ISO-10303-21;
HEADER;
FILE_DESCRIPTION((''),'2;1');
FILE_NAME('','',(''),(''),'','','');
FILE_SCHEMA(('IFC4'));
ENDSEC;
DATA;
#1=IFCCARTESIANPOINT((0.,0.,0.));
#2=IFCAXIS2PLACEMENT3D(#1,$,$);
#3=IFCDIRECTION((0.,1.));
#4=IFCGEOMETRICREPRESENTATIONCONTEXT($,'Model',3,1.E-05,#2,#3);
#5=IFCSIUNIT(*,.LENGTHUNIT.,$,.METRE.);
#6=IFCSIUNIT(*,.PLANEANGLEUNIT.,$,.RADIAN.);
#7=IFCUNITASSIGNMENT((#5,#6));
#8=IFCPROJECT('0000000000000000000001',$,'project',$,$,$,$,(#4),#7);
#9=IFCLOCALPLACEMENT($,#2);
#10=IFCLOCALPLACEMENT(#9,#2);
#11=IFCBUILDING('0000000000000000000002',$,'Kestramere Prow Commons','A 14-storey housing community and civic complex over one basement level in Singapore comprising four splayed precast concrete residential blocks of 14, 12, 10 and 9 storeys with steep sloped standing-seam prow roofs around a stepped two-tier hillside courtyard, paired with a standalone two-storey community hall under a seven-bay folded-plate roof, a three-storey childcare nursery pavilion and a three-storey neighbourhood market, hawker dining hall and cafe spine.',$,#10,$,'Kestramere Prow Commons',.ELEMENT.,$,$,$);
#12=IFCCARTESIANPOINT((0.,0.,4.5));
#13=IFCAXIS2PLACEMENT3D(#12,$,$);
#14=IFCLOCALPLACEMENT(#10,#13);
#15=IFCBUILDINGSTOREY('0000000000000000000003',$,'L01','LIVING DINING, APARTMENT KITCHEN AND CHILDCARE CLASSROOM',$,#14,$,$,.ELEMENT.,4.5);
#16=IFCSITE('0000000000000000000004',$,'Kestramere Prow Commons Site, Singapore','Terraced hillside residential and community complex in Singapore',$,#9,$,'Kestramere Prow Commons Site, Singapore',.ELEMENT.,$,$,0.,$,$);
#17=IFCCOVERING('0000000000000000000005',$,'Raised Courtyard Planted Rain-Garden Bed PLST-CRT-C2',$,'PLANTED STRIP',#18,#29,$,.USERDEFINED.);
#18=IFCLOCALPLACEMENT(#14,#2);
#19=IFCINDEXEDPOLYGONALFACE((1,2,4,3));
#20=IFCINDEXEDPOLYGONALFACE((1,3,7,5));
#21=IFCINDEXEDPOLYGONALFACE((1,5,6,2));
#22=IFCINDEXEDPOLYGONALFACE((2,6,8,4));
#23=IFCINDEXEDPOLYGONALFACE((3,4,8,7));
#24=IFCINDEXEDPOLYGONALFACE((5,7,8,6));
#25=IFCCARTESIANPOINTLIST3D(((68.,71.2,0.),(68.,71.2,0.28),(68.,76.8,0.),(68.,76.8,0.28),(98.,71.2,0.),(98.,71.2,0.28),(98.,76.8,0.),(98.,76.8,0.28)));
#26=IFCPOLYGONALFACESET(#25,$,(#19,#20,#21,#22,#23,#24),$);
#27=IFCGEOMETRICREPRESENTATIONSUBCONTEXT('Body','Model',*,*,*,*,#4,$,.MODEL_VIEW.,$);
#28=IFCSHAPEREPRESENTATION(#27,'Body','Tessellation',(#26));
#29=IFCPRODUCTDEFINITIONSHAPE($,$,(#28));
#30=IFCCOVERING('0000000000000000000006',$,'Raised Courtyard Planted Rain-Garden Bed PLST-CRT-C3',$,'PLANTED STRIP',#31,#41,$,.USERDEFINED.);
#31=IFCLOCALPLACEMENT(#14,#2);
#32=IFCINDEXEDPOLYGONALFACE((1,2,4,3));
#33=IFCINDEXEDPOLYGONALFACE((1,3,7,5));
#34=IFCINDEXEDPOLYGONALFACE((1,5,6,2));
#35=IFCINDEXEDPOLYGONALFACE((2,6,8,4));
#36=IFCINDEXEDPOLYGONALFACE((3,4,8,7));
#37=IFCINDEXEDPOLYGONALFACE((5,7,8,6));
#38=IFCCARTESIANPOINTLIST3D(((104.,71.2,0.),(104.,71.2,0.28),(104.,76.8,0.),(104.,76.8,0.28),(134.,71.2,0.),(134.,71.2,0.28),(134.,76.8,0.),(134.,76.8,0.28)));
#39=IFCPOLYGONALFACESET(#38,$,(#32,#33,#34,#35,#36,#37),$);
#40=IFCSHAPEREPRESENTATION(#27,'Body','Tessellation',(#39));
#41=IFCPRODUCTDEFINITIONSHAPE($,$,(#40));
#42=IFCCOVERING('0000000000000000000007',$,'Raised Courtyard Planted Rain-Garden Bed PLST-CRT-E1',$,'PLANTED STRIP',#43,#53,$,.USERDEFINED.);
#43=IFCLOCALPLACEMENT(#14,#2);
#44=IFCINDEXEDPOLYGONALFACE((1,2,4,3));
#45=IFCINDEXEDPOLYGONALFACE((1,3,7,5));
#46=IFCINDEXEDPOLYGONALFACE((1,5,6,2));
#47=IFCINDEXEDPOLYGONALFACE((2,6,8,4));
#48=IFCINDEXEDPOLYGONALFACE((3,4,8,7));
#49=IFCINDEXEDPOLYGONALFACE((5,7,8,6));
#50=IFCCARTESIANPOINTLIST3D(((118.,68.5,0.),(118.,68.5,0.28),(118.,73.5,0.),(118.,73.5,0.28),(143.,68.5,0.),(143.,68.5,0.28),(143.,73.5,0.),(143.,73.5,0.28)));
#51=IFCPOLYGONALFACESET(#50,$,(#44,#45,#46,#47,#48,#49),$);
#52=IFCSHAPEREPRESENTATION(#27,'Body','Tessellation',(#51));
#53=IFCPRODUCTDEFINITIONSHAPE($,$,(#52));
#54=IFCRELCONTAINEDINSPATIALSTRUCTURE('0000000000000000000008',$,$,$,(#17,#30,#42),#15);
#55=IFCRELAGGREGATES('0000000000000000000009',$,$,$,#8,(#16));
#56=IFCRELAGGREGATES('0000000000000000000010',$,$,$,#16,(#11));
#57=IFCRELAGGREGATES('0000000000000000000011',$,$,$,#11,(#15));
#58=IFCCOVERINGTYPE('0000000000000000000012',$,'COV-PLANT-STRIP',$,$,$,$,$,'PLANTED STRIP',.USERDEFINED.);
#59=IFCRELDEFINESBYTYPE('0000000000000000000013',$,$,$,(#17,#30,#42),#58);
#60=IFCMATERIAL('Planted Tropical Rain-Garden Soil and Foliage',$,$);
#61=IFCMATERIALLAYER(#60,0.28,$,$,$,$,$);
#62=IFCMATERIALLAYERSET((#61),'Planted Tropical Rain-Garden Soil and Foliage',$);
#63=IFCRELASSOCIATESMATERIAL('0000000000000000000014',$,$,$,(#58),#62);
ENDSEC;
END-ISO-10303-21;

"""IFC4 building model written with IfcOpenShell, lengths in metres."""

from ifc_helpers import new_model, si_unit, direction, frame, origin, place, context, subcontext, project, spatial, polyline, outline, extrude, material, layer, layer_set, type_object, element, save


model = new_model("IFC4")

# Units and contexts
model_context = context("Model", 3, precision=1e-05, world=origin(), true_north=direction((0.0, 1.0)))
body_context = subcontext(model_context, "Body", "Model", "MODEL_VIEW")
ifc_project = project(units=[si_unit("LENGTHUNIT", "METRE"), si_unit("PLANEANGLEUNIT", "RADIAN")], contexts=[model_context])

# Site, building, storey
site_placement = place(None, origin())
site = spatial("IfcSite", under=ifc_project, at=site_placement, Name="Kestramere Prow Commons Site, Singapore", Description="Terraced hillside residential and community complex in Singapore", LongName="Kestramere Prow Commons Site, Singapore", CompositionType="ELEMENT", RefElevation=0.0)
building_placement = place(site_placement, origin())
building = spatial("IfcBuilding", under=site, at=building_placement, Name="Kestramere Prow Commons", Description="A 14-storey housing community and civic complex over one basement level in Singapore comprising four splayed precast concrete residential blocks of 14, 12, 10 and 9 storeys with steep sloped standing-seam prow roofs around a stepped two-tier hillside courtyard, paired with a standalone two-storey community hall under a seven-bay folded-plate roof, a three-storey childcare nursery pavilion and a three-storey neighbourhood market, hawker dining hall and cafe spine.", LongName="Kestramere Prow Commons", CompositionType="ELEMENT")
storey_placement = place(building_placement, frame((0.0, 0.0, 4.5)))
storey = spatial("IfcBuildingStorey", under=building, at=storey_placement, Name="L01", Description="LIVING DINING, APARTMENT KITCHEN AND CHILDCARE CLASSROOM", CompositionType="ELEMENT", Elevation=4.5)

# Coverings
ifc_material_1 = material(Name="Planted Tropical Rain-Garden Soil and Foliage")
ifc_layer_1 = layer(ifc_material_1, 0.28)
ifc_layer_set_1 = layer_set([ifc_layer_1], Name="Planted Tropical Rain-Garden Soil and Foliage")
covering_type = type_object("IfcCoveringType", Name="COV-PLANT-STRIP", ElementType="PLANTED STRIP", PredefinedType="USERDEFINED", material=ifc_layer_set_1)
covering_1_placement = place(storey_placement, origin())
element("IfcCovering", 1, at=covering_1_placement, inside=storey, type_object=covering_type, Name="Raised Courtyard Planted Rain-Garden Bed PLST-CRT-C2", ObjectType="PLANTED STRIP", PredefinedType="USERDEFINED", context=body_context, shape_type="SweptSolid", body=[
    extrude(outline(polyline([(68.0, 71.2), (68.0, 76.8), (98.0, 76.8), (98.0, 71.2), (68.0, 71.2)])), origin(), (0.0, 0.0, 1.0), 0.28),
])
covering_2_placement = place(storey_placement, origin())
element("IfcCovering", 2, at=covering_2_placement, inside=storey, type_object=covering_type, Name="Raised Courtyard Planted Rain-Garden Bed PLST-CRT-C3", ObjectType="PLANTED STRIP", PredefinedType="USERDEFINED", context=body_context, shape_type="SweptSolid", body=[
    extrude(outline(polyline([(104.0, 71.2), (104.0, 76.8), (134.0, 76.8), (134.0, 71.2), (104.0, 71.2)])), origin(), (0.0, 0.0, 1.0), 0.28),
])
covering_3_placement = place(storey_placement, origin())
element("IfcCovering", 3, at=covering_3_placement, inside=storey, type_object=covering_type, Name="Raised Courtyard Planted Rain-Garden Bed PLST-CRT-E1", ObjectType="PLANTED STRIP", PredefinedType="USERDEFINED", context=body_context, shape_type="SweptSolid", body=[
    extrude(outline(polyline([(118.0, 68.5), (118.0, 73.5), (143.0, 73.5), (143.0, 68.5), (118.0, 68.5)])), origin(), (0.0, 0.0, 1.0), 0.28),
])

save(model, "model.ifc")
